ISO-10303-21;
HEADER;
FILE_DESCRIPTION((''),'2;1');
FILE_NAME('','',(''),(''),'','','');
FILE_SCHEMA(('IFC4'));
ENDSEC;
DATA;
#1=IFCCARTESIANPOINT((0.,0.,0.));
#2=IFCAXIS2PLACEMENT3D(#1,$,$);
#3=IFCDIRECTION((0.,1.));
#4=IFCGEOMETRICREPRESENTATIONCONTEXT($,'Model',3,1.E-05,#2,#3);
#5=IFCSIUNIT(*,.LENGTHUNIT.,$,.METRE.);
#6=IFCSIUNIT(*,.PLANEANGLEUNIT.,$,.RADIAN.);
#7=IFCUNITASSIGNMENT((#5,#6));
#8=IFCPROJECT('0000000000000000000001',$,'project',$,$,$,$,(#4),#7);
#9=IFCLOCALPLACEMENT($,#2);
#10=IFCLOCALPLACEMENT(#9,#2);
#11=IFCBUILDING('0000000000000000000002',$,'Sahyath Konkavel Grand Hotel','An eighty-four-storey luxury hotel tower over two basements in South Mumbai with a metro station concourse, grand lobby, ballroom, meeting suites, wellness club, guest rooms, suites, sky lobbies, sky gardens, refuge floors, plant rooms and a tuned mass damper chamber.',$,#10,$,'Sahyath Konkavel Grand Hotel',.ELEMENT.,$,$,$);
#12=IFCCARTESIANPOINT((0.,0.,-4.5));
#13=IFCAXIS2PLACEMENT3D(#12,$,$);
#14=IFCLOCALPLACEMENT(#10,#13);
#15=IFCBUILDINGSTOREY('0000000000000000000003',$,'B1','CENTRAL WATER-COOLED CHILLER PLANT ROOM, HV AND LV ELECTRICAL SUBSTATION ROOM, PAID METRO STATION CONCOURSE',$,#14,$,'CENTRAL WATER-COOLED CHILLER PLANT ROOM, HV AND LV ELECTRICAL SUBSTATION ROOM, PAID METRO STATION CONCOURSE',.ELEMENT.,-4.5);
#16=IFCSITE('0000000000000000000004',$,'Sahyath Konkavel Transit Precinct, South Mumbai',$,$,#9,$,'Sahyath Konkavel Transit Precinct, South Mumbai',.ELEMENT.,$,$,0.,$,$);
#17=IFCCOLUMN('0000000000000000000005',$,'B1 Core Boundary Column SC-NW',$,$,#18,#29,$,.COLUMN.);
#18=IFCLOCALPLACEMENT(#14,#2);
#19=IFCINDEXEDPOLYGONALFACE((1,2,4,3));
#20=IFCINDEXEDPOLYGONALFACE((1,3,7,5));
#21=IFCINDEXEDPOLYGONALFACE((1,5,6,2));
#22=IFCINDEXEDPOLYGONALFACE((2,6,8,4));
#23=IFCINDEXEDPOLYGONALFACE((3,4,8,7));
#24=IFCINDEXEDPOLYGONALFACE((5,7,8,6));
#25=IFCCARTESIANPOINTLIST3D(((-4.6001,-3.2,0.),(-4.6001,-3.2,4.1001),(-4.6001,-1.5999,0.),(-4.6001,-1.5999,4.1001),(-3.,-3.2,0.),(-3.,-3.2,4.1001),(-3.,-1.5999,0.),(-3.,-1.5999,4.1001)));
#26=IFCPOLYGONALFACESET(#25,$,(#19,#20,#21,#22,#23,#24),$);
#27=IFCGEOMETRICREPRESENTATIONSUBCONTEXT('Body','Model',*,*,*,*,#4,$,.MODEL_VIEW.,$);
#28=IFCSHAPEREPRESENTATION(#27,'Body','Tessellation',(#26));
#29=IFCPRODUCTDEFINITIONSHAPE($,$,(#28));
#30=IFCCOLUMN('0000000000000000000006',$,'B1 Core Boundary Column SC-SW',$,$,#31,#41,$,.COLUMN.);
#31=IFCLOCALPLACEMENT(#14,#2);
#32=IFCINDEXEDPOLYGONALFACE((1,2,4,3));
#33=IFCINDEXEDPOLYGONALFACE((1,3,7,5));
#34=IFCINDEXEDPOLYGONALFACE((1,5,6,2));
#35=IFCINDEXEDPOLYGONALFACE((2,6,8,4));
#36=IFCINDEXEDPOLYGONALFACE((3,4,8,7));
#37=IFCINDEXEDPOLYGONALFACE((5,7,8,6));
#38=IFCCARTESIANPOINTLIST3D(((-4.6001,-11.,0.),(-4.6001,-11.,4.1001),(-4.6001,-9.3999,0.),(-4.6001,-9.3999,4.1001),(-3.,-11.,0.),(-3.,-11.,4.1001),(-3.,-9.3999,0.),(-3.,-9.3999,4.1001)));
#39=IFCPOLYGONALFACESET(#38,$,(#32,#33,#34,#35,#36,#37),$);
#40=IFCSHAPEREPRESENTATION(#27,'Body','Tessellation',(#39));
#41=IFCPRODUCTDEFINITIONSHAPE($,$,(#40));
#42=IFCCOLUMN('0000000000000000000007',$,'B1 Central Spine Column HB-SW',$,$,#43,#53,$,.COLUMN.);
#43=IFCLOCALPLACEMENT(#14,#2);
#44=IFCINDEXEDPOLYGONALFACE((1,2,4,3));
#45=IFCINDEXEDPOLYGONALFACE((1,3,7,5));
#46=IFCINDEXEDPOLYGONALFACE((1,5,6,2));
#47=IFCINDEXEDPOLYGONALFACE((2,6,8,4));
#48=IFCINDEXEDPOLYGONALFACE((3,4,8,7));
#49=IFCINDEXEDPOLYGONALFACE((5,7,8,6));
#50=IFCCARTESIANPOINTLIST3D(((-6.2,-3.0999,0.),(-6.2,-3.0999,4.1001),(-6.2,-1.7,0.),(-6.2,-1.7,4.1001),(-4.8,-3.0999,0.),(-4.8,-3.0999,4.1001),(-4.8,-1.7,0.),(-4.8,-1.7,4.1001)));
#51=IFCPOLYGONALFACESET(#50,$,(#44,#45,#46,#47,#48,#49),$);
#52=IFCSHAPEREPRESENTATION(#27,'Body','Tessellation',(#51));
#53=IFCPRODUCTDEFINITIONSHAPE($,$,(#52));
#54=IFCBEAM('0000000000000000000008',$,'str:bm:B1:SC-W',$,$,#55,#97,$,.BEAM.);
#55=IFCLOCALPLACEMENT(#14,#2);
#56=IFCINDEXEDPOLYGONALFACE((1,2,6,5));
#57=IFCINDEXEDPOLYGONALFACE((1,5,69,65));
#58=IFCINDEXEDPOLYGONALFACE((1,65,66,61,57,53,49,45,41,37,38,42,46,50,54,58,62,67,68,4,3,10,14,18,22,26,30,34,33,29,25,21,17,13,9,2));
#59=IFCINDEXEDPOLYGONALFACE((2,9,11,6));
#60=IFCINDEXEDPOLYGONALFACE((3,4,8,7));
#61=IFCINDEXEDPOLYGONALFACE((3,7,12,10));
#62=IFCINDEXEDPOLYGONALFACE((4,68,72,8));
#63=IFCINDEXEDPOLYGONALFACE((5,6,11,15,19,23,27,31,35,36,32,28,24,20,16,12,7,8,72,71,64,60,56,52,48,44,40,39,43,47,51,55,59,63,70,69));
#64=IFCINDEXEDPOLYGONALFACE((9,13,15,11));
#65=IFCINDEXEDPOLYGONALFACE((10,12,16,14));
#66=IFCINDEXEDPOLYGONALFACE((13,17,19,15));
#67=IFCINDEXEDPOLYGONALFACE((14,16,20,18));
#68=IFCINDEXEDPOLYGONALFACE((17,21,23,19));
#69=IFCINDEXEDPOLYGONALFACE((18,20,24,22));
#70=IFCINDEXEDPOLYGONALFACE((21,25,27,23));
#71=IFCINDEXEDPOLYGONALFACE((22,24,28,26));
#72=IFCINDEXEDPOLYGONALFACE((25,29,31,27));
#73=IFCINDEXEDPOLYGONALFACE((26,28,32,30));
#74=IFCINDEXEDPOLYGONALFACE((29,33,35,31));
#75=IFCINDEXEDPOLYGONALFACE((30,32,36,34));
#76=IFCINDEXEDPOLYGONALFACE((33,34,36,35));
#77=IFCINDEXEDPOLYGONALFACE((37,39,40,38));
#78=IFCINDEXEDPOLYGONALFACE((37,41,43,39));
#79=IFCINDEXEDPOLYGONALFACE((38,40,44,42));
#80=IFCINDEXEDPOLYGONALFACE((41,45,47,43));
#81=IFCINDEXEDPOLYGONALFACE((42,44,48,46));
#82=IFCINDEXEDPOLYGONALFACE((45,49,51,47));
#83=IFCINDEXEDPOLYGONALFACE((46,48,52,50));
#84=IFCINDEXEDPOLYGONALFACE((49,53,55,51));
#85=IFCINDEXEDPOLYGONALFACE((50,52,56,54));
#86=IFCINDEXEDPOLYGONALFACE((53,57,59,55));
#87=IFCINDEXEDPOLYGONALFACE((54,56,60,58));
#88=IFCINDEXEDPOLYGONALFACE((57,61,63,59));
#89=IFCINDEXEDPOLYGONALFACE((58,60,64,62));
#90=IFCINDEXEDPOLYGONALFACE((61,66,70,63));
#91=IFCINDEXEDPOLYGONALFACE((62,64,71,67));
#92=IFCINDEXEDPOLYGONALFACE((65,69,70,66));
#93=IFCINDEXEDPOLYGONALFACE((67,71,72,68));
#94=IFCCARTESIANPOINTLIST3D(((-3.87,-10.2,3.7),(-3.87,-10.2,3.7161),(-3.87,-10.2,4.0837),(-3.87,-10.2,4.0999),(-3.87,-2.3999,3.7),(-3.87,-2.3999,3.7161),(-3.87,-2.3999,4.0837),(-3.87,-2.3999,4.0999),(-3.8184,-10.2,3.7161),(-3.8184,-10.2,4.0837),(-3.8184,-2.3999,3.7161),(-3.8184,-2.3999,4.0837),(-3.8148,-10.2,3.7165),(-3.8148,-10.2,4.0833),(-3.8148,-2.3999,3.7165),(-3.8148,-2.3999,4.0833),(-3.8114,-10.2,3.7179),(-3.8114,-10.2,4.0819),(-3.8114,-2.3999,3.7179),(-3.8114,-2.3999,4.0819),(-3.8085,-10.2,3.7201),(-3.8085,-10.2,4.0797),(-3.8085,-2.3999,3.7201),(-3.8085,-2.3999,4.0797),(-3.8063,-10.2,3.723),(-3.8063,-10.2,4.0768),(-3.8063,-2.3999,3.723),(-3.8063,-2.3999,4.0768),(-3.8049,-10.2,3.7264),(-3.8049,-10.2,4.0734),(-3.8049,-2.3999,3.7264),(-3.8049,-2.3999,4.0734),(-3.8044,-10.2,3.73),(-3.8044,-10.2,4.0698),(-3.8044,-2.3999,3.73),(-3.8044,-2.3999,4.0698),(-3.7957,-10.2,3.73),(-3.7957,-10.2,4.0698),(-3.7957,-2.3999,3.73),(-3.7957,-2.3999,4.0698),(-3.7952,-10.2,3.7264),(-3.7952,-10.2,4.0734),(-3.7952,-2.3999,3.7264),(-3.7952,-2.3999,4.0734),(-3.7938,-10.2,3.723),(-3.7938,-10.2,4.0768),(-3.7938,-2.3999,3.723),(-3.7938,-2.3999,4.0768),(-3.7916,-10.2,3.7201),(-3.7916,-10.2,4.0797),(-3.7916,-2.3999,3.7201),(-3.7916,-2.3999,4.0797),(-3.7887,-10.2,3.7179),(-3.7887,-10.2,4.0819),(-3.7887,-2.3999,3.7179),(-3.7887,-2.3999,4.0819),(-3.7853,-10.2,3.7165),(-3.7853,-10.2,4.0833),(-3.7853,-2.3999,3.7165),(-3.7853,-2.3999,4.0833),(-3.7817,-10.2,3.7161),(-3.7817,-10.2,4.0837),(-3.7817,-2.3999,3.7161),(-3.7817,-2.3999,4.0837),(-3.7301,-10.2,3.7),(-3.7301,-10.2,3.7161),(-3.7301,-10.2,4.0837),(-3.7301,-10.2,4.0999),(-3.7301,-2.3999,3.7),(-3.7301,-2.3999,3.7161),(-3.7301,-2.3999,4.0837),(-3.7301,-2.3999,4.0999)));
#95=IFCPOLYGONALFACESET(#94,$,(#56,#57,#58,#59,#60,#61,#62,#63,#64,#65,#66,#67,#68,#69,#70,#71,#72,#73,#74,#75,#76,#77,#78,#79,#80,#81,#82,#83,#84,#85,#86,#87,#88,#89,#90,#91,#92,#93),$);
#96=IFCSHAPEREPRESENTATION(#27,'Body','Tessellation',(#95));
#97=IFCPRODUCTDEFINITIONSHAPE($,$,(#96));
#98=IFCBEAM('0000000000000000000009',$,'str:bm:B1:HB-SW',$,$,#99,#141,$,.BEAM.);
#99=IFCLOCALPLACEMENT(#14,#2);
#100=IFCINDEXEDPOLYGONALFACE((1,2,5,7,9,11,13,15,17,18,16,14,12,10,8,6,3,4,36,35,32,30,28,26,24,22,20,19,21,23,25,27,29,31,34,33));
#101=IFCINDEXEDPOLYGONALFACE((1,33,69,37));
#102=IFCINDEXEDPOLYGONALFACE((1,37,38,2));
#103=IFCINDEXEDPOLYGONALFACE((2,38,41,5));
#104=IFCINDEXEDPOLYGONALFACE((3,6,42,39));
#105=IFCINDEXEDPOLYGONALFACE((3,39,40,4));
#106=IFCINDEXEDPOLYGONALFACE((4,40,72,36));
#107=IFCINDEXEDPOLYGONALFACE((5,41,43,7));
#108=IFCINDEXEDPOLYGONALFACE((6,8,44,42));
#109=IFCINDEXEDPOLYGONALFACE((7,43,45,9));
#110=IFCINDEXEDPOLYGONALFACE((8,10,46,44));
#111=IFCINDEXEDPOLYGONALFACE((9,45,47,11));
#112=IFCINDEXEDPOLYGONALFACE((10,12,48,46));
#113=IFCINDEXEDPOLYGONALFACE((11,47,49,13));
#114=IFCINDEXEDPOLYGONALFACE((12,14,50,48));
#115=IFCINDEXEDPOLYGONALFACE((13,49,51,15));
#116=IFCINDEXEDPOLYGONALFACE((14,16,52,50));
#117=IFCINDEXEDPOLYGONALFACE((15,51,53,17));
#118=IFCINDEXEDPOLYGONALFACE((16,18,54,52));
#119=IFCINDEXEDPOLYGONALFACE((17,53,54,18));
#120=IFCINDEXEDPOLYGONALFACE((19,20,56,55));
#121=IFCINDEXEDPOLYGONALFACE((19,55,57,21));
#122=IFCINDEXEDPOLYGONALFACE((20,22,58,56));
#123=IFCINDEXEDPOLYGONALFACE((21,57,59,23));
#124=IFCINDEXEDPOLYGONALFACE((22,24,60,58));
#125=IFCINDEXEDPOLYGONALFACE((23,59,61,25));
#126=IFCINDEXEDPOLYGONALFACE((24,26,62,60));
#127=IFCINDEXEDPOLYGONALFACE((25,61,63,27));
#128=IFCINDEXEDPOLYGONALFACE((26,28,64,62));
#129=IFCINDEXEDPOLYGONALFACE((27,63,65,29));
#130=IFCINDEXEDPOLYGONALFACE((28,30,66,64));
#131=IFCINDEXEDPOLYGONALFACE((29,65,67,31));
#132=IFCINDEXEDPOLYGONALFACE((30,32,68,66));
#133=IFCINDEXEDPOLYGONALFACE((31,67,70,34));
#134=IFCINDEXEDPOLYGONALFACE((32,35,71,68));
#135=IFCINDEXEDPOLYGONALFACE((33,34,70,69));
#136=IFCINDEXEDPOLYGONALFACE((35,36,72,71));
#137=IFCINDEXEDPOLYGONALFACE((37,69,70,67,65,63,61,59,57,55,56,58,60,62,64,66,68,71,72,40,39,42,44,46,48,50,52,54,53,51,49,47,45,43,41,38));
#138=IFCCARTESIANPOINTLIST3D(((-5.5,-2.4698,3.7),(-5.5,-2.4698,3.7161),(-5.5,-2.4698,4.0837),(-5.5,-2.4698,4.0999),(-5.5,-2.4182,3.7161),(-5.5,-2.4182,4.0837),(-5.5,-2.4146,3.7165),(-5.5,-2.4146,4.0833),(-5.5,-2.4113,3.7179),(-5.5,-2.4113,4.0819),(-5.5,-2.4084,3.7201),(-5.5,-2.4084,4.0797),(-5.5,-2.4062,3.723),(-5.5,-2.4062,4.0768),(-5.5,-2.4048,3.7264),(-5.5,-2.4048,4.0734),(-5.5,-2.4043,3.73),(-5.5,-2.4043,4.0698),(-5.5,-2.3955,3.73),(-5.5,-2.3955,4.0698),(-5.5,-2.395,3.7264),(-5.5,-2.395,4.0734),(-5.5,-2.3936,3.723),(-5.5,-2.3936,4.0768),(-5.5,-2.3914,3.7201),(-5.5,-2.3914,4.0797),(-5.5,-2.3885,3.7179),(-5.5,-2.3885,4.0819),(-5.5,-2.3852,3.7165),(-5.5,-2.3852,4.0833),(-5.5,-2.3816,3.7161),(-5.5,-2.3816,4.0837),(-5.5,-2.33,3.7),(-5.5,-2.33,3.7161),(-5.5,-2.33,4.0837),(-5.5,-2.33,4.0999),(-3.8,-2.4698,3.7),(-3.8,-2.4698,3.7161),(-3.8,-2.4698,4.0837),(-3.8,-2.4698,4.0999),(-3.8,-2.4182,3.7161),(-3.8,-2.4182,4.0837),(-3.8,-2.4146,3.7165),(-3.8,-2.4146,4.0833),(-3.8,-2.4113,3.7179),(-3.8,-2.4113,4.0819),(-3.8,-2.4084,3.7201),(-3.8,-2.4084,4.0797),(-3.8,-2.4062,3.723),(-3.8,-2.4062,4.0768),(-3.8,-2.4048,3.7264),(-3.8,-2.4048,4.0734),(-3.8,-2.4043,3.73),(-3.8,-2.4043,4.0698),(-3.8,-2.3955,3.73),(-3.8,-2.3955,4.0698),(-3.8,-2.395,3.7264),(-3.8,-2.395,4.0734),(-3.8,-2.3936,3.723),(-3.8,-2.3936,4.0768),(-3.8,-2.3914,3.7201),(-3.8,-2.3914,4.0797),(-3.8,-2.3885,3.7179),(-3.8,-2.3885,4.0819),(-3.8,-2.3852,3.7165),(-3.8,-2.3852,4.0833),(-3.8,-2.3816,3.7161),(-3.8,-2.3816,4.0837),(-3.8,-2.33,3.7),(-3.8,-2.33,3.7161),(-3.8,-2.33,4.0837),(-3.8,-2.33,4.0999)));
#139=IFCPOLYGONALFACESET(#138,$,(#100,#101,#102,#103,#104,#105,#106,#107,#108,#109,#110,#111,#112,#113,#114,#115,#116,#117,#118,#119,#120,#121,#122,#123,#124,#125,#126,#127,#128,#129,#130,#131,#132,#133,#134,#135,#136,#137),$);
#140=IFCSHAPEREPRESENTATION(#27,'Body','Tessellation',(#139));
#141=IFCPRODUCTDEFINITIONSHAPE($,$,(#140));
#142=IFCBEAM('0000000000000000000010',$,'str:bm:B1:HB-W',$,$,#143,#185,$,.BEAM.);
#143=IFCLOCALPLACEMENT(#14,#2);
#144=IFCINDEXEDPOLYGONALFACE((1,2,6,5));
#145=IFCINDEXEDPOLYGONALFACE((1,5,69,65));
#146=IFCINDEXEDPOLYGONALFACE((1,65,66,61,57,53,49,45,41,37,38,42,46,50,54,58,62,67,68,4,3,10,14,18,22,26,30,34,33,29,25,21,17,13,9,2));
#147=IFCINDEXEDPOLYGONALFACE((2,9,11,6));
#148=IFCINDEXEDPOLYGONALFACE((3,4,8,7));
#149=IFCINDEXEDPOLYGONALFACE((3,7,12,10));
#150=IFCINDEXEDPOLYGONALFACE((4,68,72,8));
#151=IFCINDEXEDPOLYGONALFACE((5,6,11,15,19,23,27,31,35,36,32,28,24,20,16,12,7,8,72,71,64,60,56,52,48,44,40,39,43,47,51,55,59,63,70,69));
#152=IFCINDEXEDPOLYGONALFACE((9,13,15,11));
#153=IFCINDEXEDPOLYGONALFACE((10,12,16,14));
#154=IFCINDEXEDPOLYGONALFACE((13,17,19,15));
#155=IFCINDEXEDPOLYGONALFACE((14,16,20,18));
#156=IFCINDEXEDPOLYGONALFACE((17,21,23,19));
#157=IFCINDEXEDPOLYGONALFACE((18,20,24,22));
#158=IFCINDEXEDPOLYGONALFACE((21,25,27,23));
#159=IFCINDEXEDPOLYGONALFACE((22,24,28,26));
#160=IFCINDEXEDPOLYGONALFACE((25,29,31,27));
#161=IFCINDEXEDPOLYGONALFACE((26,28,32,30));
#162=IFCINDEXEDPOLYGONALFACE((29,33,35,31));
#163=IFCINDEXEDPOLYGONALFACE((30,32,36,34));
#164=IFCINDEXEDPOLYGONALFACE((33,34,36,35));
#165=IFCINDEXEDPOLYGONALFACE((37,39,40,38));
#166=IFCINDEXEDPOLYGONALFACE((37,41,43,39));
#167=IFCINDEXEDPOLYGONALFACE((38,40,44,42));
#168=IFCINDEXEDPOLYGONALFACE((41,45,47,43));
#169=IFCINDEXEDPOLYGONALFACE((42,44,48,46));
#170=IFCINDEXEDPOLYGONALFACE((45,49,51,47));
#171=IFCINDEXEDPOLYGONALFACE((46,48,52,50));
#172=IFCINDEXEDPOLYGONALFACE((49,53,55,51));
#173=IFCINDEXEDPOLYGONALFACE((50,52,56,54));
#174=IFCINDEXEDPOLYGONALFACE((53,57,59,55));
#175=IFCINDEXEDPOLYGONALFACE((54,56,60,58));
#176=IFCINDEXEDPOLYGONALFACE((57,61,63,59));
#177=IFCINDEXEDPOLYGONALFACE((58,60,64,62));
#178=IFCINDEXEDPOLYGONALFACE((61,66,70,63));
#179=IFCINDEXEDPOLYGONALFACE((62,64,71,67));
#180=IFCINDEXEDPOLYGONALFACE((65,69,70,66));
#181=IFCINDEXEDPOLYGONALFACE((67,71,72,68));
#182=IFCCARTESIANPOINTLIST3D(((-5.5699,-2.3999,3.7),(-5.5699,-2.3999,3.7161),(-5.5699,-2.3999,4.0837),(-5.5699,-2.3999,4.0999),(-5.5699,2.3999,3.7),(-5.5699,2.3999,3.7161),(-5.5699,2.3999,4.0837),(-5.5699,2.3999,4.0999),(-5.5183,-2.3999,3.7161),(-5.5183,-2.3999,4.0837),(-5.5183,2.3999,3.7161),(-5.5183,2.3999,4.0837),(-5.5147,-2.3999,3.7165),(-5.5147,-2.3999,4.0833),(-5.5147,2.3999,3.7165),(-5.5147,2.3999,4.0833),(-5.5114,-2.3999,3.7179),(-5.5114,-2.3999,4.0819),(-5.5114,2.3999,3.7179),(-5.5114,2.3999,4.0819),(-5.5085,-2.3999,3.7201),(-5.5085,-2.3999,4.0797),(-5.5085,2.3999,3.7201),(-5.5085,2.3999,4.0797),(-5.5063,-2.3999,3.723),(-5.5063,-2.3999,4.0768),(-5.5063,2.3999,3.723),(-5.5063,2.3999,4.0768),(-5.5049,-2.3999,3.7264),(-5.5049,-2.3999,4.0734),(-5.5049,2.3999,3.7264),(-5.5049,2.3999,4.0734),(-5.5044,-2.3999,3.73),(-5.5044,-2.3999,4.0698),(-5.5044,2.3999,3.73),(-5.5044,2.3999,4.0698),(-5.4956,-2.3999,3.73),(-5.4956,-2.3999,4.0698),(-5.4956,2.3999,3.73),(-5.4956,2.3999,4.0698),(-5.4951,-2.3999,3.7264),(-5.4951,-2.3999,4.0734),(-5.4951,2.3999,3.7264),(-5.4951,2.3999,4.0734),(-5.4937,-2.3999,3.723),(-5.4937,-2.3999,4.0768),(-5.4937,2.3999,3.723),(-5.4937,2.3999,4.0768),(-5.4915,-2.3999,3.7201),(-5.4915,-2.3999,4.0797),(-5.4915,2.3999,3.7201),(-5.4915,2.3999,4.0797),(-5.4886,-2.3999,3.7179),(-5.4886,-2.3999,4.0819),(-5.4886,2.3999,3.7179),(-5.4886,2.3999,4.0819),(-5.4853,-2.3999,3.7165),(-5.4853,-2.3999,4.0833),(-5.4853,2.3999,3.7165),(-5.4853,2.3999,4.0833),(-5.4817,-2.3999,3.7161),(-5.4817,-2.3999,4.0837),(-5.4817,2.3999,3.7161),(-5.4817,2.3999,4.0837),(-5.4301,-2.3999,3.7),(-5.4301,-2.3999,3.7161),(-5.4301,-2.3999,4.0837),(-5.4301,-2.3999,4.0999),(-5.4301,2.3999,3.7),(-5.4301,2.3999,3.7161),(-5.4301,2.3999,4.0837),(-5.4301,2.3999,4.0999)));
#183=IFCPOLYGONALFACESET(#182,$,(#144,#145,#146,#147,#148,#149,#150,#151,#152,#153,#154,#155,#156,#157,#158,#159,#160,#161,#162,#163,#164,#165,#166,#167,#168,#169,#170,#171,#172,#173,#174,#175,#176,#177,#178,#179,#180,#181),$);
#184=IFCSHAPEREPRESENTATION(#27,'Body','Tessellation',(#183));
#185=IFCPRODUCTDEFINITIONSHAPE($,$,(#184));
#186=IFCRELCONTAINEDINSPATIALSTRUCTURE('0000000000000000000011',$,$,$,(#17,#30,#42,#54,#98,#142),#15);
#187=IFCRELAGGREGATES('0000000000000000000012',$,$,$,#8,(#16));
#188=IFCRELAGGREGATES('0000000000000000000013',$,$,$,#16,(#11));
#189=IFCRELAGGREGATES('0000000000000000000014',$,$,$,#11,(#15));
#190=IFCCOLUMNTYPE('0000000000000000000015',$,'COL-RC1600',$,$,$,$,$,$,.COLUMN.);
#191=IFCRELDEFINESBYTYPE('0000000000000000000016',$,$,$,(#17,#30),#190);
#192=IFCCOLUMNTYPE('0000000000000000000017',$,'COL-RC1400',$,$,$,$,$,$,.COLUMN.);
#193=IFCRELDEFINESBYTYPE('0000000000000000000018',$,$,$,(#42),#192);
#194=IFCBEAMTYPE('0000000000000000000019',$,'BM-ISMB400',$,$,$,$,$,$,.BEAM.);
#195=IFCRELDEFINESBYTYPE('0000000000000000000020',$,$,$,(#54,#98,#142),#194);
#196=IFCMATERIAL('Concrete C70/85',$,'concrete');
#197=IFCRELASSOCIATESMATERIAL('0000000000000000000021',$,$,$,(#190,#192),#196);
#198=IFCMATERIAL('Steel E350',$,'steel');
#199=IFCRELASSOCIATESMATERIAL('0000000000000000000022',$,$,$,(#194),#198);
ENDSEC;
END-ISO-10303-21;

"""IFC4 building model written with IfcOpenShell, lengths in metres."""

from ifc_helpers import new_model, si_unit, direction, frame, origin, origin_2d, place, context, subcontext, project, spatial, rectangle, i_section, extrude, source, transform, mapped, material, material_profile, profile_set, type_object, element, save


model = new_model("IFC4")

# Units and contexts
model_context = context("Model", 3, precision=1e-05, world=origin(), true_north=direction((0.0, 1.0)))
body_context = subcontext(model_context, "Body", "Model", "MODEL_VIEW")
ifc_project = project(units=[si_unit("LENGTHUNIT", "METRE"), si_unit("PLANEANGLEUNIT", "RADIAN")], contexts=[model_context])

# Site, building, storey
site_placement = place(None, origin())
site = spatial("IfcSite", under=ifc_project, at=site_placement, Name="Sahyath Konkavel Transit Precinct, South Mumbai", LongName="Sahyath Konkavel Transit Precinct, South Mumbai", CompositionType="ELEMENT", RefElevation=0.0)
building_placement = place(site_placement, origin())
building = spatial("IfcBuilding", under=site, at=building_placement, Name="Sahyath Konkavel Grand Hotel", Description="An eighty-four-storey luxury hotel tower over two basements in South Mumbai with a metro station concourse, grand lobby, ballroom, meeting suites, wellness club, guest rooms, suites, sky lobbies, sky gardens, refuge floors, plant rooms and a tuned mass damper chamber.", LongName="Sahyath Konkavel Grand Hotel", CompositionType="ELEMENT")
storey_placement = place(building_placement, frame((0.0, 0.0, -4.5)))
storey = spatial("IfcBuildingStorey", under=building, at=storey_placement, Name="B1", Description="CENTRAL WATER-COOLED CHILLER PLANT ROOM, HV AND LV ELECTRICAL SUBSTATION ROOM, PAID METRO STATION CONCOURSE", LongName="CENTRAL WATER-COOLED CHILLER PLANT ROOM, HV AND LV ELECTRICAL SUBSTATION ROOM, PAID METRO STATION CONCOURSE", CompositionType="ELEMENT", Elevation=-4.5)

# Columns
ifc_material_1 = material(Name="Concrete C70/85", Category="concrete")
ifc_material_profile_1 = material_profile(ifc_material_1, rectangle(XDim=1.6001, YDim=1.6001, at=origin_2d()), Name="RC 1600x1600")
ifc_profile_set_1 = profile_set([ifc_material_profile_1], Name="Concrete C70/85")
column_type_1 = type_object("IfcColumnType", Name="COL-RC1600", PredefinedType="COLUMN", material=ifc_profile_set_1)
shared_shape_1 = source(origin(), body_context, "Body", "SweptSolid", [
    extrude(rectangle(XDim=1.6001, YDim=1.6001, at=origin_2d()), origin(), (0.0, 0.0, 1.0), 4.1001),
])
for number, where, z_axis, x_axis, name in (
    (1, (-3.8, -2.3999, 0.0), (0.0, 0.0, 1.0), (1.0, 0.0, 0.0), "B1 Core Boundary Column SC-NW"),
    (2, (-3.8, -10.2, 0.0), (0.0, 0.0, 1.0), (1.0, 0.0, 0.0), "B1 Core Boundary Column SC-SW"),
):
    element("IfcColumn", number, at=place(storey_placement, frame(where, z_axis=z_axis, x_axis=x_axis)), inside=storey, type_object=column_type_1, Name=name, PredefinedType="COLUMN", context=body_context, shape_type="MappedRepresentation", body=[
        mapped(shared_shape_1, transform((0.0, 0.0, 0.0), scale=1.0)),
    ])
ifc_material_profile_2 = material_profile(ifc_material_1, rectangle(XDim=1.3999, YDim=1.3999, at=origin_2d()), Name="RC 1400x1400")
ifc_profile_set_2 = profile_set([ifc_material_profile_2], Name="Concrete C70/85")
column_type_2 = type_object("IfcColumnType", Name="COL-RC1400", PredefinedType="COLUMN", material=ifc_profile_set_2)
shared_shape_2 = source(origin(), body_context, "Body", "SweptSolid", [
    extrude(rectangle(XDim=1.3999, YDim=1.3999, at=origin_2d()), origin(), (0.0, 0.0, 1.0), 4.1001),
])
column_placement = place(storey_placement, frame((-5.5, -2.3999, 0.0), z_axis=(0.0, 0.0, 1.0), x_axis=(1.0, 0.0, 0.0)))
element("IfcColumn", 3, at=column_placement, inside=storey, type_object=column_type_2, Name="B1 Central Spine Column HB-SW", PredefinedType="COLUMN", context=body_context, shape_type="MappedRepresentation", body=[
    mapped(shared_shape_2, transform((0.0, 0.0, 0.0), scale=1.0)),
])

# Beams
ifc_material_2 = material(Name="Steel E350", Category="steel")
ifc_material_profile_3 = material_profile(ifc_material_2, i_section(OverallWidth=0.1399, OverallDepth=0.3999, WebThickness=0.0088, FlangeThickness=0.0161, FilletRadius=0.0139, at=origin_2d()), Name="ISMB 400")
ifc_profile_set_3 = profile_set([ifc_material_profile_3], Name="Steel E350")
beam_type_1 = type_object("IfcBeamType", Name="BM-ISMB400", PredefinedType="BEAM", material=ifc_profile_set_3)
shared_shape_3 = source(origin(), body_context, "Body", "SweptSolid", [
    extrude(i_section(OverallWidth=0.1399, OverallDepth=0.3999, WebThickness=0.0088, FlangeThickness=0.0161, FilletRadius=0.0139, at=origin_2d()), origin(), (0.0, 0.0, 1.0), 7.8),
])
beam_1_placement = place(storey_placement, frame((-3.8, -10.2, 3.8999), z_axis=(0.0, 1.0, 0.0), x_axis=(-1.0, 0.0, 0.0)))
element("IfcBeam", 4, at=beam_1_placement, inside=storey, type_object=beam_type_1, Name="str:bm:B1:SC-W", PredefinedType="BEAM", context=body_context, shape_type="MappedRepresentation", body=[
    mapped(shared_shape_3, transform((0.0, 0.0, 0.0), scale=1.0)),
])
shared_shape_4 = source(origin(), body_context, "Body", "SweptSolid", [
    extrude(i_section(OverallWidth=0.1399, OverallDepth=0.3999, WebThickness=0.0088, FlangeThickness=0.0161, FilletRadius=0.0139, at=origin_2d()), origin(), (0.0, 0.0, 1.0), 1.7),
])
beam_2_placement = place(storey_placement, frame((-5.5, -2.3999, 3.8999), z_axis=(1.0, 0.0, 0.0), x_axis=(0.0, 1.0, 0.0)))
element("IfcBeam", 5, at=beam_2_placement, inside=storey, type_object=beam_type_1, Name="str:bm:B1:HB-SW", PredefinedType="BEAM", context=body_context, shape_type="MappedRepresentation", body=[
    mapped(shared_shape_4, transform((0.0, 0.0, 0.0), scale=1.0)),
])
shared_shape_5 = source(origin(), body_context, "Body", "SweptSolid", [
    extrude(i_section(OverallWidth=0.1399, OverallDepth=0.3999, WebThickness=0.0088, FlangeThickness=0.0161, FilletRadius=0.0139, at=origin_2d()), origin(), (0.0, 0.0, 1.0), 4.7998),
])
beam_3_placement = place(storey_placement, frame((-5.5, -2.3999, 3.8999), z_axis=(0.0, 1.0, 0.0), x_axis=(-1.0, 0.0, 0.0)))
element("IfcBeam", 6, at=beam_3_placement, inside=storey, type_object=beam_type_1, Name="str:bm:B1:HB-W", PredefinedType="BEAM", context=body_context, shape_type="MappedRepresentation", body=[
    mapped(shared_shape_5, transform((0.0, 0.0, 0.0), scale=1.0)),
])

save(model, "model.ifc")
